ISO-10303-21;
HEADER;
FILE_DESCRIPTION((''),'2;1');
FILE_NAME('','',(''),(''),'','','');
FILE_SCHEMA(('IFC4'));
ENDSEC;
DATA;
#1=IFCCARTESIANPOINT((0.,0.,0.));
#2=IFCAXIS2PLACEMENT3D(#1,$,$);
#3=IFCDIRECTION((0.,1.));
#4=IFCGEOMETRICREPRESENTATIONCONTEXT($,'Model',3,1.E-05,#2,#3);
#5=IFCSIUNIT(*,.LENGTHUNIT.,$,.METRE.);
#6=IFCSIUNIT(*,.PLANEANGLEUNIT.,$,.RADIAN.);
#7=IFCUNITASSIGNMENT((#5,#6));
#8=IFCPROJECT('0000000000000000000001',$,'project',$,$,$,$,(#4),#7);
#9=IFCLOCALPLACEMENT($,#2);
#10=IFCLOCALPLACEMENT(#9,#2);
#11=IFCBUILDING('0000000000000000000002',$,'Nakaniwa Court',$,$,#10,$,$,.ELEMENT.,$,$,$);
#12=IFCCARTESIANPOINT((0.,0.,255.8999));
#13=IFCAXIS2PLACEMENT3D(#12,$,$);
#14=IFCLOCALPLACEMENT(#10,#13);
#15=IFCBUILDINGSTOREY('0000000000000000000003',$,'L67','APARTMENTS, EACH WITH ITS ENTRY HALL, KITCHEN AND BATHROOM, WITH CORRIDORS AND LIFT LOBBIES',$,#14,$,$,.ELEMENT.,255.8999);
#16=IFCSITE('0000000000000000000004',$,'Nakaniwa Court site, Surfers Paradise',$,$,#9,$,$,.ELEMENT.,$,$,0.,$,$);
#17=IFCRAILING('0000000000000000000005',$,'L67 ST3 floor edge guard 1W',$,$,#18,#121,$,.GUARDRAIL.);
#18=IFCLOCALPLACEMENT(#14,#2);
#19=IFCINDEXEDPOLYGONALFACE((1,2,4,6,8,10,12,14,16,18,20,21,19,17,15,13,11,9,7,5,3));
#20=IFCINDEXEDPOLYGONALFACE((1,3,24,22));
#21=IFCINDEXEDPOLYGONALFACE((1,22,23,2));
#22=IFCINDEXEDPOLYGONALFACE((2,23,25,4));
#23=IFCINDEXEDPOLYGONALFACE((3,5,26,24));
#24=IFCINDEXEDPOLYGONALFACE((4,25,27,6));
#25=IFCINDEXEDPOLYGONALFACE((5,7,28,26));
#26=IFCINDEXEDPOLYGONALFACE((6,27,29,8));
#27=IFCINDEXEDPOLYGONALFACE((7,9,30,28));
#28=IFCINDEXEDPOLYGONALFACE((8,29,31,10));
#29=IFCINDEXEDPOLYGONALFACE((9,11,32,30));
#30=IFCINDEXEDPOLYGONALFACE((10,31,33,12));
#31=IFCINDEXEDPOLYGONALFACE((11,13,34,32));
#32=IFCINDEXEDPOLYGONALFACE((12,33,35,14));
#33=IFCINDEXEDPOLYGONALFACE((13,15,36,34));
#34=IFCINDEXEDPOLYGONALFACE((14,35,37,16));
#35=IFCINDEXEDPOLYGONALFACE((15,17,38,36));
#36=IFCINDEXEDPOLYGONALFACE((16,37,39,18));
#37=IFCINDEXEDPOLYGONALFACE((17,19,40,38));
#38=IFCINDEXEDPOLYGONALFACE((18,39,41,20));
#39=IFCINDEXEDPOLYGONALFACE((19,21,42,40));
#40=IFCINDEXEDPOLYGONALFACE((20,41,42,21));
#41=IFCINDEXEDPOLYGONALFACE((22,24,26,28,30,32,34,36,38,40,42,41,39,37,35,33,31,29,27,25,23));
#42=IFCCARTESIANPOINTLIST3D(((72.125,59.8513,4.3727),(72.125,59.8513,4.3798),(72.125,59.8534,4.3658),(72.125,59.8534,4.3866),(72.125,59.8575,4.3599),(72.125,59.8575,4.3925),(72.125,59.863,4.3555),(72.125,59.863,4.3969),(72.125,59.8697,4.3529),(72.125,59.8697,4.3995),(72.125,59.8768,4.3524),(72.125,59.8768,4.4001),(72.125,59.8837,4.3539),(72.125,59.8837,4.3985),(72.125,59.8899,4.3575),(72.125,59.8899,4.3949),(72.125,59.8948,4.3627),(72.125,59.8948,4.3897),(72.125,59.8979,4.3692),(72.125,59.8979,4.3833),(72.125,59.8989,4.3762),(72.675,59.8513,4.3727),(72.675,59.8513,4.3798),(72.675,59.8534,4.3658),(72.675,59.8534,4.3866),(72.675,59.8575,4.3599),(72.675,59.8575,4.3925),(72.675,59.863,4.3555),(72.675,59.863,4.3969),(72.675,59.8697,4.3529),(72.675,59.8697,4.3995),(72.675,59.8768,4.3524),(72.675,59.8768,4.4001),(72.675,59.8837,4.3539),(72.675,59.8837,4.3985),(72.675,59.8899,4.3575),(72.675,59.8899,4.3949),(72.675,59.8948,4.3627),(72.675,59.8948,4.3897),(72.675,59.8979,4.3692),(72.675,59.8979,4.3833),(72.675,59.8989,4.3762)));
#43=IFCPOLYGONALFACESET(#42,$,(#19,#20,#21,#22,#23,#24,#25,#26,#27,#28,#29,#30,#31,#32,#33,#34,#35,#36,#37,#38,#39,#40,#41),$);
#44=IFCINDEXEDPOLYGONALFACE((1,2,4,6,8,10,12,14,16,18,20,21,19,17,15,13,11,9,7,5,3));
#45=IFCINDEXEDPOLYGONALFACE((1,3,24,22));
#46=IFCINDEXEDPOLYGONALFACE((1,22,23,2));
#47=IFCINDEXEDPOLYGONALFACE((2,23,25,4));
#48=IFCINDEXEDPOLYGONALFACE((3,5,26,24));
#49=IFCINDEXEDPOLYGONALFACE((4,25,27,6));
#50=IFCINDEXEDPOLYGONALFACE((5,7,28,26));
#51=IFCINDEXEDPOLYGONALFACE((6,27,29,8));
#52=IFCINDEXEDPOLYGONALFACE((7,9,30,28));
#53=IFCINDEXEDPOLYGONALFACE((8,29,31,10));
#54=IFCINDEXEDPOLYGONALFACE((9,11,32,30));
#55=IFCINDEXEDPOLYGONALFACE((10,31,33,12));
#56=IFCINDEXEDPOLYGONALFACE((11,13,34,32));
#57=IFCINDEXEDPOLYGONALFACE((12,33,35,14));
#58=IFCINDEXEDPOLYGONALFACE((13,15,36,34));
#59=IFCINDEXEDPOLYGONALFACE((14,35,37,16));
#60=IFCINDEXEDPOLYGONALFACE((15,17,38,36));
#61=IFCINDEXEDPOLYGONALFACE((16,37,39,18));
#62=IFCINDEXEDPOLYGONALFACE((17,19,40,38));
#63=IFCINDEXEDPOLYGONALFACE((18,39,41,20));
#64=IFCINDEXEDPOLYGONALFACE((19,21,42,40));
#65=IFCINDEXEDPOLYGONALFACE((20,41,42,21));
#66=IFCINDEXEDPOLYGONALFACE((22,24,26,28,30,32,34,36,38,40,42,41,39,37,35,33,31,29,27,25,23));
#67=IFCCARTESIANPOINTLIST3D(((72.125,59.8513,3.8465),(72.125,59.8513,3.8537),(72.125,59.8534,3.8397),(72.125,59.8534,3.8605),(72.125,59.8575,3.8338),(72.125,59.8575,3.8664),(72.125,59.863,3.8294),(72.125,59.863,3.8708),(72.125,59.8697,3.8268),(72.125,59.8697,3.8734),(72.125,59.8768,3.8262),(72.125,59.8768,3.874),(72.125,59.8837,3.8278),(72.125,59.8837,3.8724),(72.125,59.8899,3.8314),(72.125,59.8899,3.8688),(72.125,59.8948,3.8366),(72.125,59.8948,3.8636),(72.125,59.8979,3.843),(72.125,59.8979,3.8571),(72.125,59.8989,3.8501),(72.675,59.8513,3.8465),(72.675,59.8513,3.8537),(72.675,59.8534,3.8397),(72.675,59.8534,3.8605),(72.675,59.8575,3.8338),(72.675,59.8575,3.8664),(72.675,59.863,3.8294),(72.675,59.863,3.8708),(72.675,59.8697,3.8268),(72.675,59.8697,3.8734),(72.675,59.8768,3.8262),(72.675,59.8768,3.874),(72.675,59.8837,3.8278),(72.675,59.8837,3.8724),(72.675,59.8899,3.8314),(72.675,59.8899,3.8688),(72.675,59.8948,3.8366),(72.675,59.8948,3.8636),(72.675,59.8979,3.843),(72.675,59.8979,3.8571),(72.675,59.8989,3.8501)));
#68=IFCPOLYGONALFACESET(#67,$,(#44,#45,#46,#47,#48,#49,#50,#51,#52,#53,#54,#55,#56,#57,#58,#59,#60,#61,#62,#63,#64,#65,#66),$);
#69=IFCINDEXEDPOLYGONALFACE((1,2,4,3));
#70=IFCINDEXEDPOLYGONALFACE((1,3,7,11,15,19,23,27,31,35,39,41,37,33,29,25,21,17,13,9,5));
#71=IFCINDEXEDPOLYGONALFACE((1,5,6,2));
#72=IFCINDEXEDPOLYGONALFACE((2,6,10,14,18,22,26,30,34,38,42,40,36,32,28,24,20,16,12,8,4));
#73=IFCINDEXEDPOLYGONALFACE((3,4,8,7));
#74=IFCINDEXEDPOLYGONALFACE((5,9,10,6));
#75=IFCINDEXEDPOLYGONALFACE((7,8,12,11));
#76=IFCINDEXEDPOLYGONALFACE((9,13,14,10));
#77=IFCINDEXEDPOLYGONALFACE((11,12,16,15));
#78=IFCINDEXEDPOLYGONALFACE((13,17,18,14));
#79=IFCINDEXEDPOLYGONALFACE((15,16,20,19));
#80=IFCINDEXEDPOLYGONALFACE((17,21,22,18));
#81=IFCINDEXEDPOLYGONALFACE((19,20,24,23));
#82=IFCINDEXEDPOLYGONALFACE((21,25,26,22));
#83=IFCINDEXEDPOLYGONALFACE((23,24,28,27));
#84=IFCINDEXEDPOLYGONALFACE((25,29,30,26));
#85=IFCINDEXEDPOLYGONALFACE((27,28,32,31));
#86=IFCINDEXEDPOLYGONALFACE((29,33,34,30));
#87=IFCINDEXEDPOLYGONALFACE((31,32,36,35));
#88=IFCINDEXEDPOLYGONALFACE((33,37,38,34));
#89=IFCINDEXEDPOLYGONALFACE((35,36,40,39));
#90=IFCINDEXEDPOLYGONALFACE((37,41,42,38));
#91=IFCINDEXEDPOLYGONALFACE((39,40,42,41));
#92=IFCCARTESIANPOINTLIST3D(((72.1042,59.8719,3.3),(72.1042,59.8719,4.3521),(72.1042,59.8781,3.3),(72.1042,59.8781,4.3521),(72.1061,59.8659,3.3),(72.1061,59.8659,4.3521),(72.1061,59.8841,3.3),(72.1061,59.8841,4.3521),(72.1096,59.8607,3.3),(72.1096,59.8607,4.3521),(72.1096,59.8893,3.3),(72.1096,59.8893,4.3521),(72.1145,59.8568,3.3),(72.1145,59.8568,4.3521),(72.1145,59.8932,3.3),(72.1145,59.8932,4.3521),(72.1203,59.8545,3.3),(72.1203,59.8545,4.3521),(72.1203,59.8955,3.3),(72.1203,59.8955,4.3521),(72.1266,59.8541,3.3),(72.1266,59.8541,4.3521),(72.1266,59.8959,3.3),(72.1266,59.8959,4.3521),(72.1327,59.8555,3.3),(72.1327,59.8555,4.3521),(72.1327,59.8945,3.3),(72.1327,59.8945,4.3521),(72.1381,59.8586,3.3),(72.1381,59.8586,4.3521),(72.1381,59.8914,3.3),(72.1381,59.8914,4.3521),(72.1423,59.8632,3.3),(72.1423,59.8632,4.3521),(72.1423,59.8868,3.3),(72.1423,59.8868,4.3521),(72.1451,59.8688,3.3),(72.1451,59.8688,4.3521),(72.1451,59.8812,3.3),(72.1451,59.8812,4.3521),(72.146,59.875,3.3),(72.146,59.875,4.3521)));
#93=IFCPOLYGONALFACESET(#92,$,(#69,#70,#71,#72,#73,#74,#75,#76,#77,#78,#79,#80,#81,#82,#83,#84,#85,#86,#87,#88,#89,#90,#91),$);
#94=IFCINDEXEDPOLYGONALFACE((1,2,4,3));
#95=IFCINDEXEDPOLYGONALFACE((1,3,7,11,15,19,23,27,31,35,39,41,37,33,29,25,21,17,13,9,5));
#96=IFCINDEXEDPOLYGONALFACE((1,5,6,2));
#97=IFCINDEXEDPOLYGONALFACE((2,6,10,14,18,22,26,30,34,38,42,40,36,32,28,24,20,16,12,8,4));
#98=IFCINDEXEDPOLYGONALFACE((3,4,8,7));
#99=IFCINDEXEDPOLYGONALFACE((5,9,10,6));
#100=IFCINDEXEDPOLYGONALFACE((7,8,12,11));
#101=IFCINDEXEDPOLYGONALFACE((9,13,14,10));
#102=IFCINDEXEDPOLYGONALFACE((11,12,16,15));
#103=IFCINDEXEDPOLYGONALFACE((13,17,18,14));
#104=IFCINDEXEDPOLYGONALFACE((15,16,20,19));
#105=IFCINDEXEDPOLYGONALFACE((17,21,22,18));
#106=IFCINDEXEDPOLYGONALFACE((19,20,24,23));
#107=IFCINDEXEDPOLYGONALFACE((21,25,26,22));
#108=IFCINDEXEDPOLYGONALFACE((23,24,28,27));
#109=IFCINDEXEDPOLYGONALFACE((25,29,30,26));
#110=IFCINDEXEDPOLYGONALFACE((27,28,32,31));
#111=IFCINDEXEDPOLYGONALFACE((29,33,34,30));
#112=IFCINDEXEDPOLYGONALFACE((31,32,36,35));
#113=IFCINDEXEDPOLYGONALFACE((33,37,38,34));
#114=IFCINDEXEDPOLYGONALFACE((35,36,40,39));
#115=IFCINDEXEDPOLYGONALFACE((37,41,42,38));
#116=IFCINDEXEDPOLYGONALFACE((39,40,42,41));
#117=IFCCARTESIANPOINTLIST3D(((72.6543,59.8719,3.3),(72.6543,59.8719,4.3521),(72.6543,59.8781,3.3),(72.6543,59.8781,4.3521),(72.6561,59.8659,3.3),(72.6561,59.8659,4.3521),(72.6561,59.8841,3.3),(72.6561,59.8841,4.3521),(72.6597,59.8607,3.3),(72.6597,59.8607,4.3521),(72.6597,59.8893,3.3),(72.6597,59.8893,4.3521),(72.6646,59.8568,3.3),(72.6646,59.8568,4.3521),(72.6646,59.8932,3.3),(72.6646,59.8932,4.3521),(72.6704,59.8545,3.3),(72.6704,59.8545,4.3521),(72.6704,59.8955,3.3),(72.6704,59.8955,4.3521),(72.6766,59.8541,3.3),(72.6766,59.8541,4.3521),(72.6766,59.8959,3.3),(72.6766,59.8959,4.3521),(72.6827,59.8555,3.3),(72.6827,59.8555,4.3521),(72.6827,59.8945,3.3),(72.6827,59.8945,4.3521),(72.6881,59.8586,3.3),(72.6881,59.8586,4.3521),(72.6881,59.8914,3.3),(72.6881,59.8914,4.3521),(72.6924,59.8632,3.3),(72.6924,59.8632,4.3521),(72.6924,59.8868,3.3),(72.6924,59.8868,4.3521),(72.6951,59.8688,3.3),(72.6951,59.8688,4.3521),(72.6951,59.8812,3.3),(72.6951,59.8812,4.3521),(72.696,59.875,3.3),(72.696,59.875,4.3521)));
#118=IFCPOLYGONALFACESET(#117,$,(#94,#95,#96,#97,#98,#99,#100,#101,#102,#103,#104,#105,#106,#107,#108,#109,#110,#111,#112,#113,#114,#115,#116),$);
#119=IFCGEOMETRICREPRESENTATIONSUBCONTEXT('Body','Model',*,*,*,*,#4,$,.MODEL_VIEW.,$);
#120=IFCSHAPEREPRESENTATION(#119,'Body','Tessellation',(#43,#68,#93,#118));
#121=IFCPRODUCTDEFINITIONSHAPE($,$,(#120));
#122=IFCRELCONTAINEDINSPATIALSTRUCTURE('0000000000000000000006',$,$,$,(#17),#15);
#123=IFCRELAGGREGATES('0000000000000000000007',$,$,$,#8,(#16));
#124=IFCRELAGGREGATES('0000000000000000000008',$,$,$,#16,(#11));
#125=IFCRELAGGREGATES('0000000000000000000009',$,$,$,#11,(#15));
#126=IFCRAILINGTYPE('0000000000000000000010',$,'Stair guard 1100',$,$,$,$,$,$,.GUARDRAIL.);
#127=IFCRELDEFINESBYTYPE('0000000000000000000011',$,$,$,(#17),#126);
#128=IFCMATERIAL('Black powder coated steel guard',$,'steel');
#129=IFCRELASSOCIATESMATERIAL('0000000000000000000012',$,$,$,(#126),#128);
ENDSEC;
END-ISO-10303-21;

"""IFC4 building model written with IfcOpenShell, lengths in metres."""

from ifc_helpers import new_model, si_unit, direction, frame, origin, origin_2d, place, context, subcontext, project, spatial, circle, extrude, material, type_object, element, save


model = new_model("IFC4")

# Units and contexts
model_context = context("Model", 3, precision=1e-05, world=origin(), true_north=direction((0.0, 1.0)))
body_context = subcontext(model_context, "Body", "Model", "MODEL_VIEW")
ifc_project = project(units=[si_unit("LENGTHUNIT", "METRE"), si_unit("PLANEANGLEUNIT", "RADIAN")], contexts=[model_context])

# Site, building, storey
site_placement = place(None, origin())
site = spatial("IfcSite", under=ifc_project, at=site_placement, Name="Nakaniwa Court site, Surfers Paradise", CompositionType="ELEMENT", RefElevation=0.0)
building_placement = place(site_placement, origin())
building = spatial("IfcBuilding", under=site, at=building_placement, Name="Nakaniwa Court", CompositionType="ELEMENT")
storey_placement = place(building_placement, frame((0.0, 0.0, 255.8999)))
storey = spatial("IfcBuildingStorey", under=building, at=storey_placement, Name="L67", Description="APARTMENTS, EACH WITH ITS ENTRY HALL, KITCHEN AND BATHROOM, WITH CORRIDORS AND LIFT LOBBIES", CompositionType="ELEMENT", Elevation=255.8999)

# Railing
ifc_material_1 = material(Name="Black powder coated steel guard", Category="steel")
railing_type_1 = type_object("IfcRailingType", Name="Stair guard 1100", PredefinedType="GUARDRAIL", material=ifc_material_1)
for number, where, name in (
    (1, (72.125, 59.875, 3.3), "L67 ST3 floor edge guard 1W"),
):
    element("IfcRailing", number, at=place(storey_placement, frame(where)), inside=storey, type_object=railing_type_1, Name=name, PredefinedType="GUARDRAIL", context=body_context, shape_type="SweptSolid", body=[
        extrude(circle(Radius=0.0239, at=origin_2d()), frame((0.0, 0.0, 1.0762), z_axis=(1.0, 0.0, 0.0), x_axis=(0.0, 1.0, 0.0)), (0.0, 0.0, 1.0), 0.55),
        extrude(circle(Radius=0.0239, at=origin_2d()), frame((0.0, 0.0, 0.55), z_axis=(1.0, 0.0, 0.0), x_axis=(0.0, 1.0, 0.0)), (0.0, 0.0, 1.0), 0.55),
        extrude(circle(Radius=0.021, at=origin_2d()), origin(), (0.0, 0.0, 1.0), 1.052),
        extrude(circle(Radius=0.021, at=origin_2d()), frame((0.55, 0.0, 0.0)), (0.0, 0.0, 1.0), 1.052),
    ])

save(model, "model.ifc")
